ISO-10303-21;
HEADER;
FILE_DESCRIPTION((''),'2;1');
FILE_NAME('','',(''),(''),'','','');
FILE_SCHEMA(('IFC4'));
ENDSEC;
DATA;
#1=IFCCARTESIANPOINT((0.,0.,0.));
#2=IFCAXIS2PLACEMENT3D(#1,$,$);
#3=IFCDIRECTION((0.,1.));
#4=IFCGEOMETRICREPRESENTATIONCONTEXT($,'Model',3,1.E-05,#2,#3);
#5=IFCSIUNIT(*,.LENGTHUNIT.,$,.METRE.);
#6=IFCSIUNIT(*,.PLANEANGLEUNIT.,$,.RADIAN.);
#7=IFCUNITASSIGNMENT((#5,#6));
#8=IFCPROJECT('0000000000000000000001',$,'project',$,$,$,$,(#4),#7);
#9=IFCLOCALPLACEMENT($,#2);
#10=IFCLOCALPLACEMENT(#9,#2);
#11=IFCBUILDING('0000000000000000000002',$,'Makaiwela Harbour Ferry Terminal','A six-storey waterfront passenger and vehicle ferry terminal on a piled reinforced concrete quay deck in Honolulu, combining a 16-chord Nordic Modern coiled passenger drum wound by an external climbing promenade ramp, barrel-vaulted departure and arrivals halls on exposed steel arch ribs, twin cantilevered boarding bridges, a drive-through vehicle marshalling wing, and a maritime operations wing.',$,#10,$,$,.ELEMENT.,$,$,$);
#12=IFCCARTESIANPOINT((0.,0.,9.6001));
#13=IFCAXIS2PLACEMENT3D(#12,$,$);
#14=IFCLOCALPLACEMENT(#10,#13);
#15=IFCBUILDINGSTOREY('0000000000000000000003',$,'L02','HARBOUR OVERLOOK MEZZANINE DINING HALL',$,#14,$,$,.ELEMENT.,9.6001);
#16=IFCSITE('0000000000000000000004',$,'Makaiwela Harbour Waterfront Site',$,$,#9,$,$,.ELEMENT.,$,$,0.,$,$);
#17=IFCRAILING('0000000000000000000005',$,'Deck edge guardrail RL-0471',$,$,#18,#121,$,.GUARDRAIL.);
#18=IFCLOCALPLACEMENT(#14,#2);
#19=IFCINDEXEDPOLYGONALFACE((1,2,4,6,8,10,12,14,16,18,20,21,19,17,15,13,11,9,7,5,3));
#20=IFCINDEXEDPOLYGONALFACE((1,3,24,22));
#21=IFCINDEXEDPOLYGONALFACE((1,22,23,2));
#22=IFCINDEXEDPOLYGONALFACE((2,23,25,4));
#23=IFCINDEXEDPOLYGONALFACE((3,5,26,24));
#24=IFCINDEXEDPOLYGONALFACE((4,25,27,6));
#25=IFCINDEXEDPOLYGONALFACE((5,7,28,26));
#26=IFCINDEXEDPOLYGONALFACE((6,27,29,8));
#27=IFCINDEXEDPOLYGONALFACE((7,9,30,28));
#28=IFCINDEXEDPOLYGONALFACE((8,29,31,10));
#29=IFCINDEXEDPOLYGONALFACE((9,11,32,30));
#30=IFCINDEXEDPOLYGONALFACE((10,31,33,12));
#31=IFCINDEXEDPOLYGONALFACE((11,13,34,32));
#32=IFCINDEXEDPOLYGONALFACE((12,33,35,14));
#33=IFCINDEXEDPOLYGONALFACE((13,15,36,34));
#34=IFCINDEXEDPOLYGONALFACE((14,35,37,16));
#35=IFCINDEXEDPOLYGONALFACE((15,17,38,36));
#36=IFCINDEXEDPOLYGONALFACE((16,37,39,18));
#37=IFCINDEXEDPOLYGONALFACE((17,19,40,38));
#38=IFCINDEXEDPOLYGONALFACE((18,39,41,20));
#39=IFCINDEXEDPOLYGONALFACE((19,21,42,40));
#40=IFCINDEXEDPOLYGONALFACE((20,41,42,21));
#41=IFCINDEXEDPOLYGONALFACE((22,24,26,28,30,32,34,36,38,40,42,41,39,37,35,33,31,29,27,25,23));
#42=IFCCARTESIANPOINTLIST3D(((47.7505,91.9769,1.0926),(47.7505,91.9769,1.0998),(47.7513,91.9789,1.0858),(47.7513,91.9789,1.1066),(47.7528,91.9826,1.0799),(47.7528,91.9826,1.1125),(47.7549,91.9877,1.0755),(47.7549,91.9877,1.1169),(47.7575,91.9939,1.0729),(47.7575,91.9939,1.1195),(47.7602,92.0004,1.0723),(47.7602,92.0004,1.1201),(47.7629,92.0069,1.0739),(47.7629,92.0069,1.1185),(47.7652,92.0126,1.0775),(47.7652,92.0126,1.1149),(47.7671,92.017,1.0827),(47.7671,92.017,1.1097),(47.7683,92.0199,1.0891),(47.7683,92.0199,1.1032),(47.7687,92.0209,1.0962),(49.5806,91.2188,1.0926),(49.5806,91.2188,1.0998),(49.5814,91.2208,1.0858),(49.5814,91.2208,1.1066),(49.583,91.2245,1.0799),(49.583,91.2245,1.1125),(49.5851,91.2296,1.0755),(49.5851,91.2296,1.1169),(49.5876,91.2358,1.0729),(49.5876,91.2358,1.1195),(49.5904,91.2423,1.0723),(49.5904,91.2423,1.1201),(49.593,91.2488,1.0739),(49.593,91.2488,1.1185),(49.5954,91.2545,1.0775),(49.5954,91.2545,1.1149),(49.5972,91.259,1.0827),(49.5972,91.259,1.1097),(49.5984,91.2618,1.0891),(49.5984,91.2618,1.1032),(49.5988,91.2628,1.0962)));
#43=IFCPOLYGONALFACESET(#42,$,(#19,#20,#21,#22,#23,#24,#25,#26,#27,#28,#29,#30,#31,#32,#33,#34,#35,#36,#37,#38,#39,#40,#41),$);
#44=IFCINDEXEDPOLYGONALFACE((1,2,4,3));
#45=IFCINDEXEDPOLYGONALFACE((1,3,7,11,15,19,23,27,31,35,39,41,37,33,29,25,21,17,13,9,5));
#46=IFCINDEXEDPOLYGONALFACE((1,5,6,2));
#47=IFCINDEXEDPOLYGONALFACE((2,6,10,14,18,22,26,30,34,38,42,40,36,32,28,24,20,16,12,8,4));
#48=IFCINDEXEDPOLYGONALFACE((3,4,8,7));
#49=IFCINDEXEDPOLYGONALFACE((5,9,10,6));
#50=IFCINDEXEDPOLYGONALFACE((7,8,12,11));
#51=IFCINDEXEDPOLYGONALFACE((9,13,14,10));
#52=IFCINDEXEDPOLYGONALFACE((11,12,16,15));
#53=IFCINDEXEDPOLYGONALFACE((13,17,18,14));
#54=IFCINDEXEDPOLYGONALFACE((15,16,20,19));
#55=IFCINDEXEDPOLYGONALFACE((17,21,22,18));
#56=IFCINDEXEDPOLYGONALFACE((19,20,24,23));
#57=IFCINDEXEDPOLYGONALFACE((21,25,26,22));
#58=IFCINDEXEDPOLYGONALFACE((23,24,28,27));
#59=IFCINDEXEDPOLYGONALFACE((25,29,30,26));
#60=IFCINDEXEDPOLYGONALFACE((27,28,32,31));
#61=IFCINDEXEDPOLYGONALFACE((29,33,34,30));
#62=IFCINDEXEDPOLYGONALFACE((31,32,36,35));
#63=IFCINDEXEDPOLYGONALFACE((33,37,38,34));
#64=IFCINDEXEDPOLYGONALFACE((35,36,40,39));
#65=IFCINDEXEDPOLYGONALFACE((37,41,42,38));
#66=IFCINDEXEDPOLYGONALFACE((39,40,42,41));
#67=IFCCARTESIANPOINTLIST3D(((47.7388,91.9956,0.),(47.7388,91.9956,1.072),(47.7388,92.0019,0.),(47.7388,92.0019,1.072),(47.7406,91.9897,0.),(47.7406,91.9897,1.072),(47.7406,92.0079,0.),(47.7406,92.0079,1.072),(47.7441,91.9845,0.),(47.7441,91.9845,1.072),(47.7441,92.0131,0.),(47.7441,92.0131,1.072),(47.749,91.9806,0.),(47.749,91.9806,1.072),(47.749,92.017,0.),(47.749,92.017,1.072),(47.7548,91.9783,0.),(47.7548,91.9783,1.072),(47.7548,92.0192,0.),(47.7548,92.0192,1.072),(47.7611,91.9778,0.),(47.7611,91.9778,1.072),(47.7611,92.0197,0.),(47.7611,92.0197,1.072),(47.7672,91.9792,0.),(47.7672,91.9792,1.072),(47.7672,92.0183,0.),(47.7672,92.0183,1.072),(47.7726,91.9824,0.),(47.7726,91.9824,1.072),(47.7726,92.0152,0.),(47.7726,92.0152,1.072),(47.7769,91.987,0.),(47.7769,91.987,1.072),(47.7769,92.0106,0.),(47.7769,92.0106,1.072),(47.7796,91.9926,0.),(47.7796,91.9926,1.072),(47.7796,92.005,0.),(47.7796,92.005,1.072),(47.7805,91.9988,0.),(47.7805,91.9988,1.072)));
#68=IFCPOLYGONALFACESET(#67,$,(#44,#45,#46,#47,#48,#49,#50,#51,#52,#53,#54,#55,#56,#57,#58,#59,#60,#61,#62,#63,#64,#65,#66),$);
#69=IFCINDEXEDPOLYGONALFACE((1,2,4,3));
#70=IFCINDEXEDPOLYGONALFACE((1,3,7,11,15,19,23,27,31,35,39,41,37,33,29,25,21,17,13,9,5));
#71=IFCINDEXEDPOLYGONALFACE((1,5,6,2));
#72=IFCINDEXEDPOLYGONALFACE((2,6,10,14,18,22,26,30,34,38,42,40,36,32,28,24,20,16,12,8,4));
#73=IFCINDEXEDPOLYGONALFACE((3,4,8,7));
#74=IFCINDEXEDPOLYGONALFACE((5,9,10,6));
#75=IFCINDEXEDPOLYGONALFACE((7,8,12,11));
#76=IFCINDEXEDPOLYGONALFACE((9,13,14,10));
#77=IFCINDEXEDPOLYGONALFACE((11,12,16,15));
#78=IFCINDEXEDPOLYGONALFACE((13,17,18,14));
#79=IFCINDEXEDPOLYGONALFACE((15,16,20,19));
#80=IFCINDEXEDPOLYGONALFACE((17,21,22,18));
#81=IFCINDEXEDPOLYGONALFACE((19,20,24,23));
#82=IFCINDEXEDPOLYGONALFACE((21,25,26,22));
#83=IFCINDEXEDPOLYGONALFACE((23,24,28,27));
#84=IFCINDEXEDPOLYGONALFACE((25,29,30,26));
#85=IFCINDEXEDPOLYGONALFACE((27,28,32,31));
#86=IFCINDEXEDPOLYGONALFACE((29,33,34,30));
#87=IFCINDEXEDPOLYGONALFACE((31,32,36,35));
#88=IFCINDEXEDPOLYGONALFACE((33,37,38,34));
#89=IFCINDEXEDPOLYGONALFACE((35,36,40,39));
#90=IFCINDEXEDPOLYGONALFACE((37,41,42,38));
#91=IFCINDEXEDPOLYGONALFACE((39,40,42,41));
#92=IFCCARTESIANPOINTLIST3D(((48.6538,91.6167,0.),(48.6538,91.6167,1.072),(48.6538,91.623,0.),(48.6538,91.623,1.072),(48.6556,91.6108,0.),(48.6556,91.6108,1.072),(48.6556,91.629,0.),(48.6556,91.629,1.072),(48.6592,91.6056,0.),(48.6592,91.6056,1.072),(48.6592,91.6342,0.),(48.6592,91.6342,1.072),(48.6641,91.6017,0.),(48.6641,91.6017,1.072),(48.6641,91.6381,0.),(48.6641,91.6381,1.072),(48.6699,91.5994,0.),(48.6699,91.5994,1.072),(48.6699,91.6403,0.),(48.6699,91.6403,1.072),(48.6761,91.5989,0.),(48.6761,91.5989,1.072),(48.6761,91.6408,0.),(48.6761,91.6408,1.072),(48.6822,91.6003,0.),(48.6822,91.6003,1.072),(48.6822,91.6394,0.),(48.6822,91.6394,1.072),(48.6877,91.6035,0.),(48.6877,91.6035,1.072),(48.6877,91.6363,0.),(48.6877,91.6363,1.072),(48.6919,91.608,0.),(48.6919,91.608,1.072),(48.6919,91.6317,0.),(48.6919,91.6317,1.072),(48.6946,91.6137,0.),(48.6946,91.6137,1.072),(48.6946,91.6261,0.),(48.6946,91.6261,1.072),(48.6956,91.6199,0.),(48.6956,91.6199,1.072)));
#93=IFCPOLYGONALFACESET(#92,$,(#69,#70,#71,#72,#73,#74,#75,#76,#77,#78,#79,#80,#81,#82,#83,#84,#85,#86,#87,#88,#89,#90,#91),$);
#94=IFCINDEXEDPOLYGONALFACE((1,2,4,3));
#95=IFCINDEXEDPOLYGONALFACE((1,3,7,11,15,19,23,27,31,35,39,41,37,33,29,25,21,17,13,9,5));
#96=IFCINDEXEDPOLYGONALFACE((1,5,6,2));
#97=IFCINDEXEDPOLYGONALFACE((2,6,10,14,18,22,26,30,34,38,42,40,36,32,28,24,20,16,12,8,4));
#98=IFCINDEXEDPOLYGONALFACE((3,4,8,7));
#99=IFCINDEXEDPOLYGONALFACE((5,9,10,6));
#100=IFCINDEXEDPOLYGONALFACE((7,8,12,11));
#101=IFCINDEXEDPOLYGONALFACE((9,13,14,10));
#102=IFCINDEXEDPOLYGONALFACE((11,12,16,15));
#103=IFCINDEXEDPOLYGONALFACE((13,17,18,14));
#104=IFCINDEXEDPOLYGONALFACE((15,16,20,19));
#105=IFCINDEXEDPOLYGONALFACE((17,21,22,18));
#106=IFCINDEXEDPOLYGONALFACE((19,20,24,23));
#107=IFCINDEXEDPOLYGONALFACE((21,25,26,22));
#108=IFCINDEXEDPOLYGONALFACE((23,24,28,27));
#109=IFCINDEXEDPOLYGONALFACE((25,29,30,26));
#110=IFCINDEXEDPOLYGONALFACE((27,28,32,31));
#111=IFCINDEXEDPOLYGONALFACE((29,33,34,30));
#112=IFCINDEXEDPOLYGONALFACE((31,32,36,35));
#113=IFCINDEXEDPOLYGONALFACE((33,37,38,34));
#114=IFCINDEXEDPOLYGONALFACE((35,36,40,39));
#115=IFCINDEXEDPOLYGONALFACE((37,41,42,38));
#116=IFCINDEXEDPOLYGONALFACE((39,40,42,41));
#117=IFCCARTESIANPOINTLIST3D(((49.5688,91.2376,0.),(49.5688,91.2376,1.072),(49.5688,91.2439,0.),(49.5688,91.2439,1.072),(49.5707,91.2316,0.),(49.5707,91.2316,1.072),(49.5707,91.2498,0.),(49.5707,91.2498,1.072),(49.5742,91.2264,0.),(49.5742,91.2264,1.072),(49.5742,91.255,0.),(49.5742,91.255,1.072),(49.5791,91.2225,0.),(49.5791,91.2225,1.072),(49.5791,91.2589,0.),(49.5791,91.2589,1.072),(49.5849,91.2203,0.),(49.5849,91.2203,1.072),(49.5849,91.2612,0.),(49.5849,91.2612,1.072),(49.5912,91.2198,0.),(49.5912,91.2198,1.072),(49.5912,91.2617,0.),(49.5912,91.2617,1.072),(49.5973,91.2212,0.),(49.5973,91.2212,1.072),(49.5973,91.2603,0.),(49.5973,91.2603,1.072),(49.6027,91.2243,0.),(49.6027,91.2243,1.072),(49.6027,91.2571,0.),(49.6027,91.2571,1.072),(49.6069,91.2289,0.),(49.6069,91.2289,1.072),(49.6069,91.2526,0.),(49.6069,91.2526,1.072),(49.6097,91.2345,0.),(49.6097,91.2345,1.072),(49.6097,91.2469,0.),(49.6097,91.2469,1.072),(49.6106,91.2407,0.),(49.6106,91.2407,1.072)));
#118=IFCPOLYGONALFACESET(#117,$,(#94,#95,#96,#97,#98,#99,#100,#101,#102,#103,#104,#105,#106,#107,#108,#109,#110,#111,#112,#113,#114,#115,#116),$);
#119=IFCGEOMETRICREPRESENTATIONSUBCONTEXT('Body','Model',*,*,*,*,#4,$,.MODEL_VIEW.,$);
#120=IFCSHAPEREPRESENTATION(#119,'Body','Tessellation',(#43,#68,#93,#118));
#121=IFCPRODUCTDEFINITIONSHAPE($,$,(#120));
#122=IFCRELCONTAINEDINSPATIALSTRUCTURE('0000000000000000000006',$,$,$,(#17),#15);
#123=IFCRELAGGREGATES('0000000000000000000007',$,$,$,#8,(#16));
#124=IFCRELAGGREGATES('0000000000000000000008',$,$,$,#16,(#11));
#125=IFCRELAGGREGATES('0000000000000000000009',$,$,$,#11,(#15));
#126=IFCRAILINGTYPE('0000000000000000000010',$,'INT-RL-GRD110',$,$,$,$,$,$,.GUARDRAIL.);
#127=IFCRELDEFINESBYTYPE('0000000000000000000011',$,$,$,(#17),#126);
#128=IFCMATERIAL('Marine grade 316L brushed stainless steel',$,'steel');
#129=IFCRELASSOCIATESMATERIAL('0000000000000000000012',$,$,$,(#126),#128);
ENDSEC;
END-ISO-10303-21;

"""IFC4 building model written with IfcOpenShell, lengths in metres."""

from ifc_helpers import new_model, si_unit, direction, frame, origin, origin_2d, place, context, subcontext, project, spatial, circle, extrude, material, type_object, element, save


model = new_model("IFC4")

# Units and contexts
model_context = context("Model", 3, precision=1e-05, world=origin(), true_north=direction((0.0, 1.0)))
body_context = subcontext(model_context, "Body", "Model", "MODEL_VIEW")
ifc_project = project(units=[si_unit("LENGTHUNIT", "METRE"), si_unit("PLANEANGLEUNIT", "RADIAN")], contexts=[model_context])

# Site, building, storey
site_placement = place(None, origin())
site = spatial("IfcSite", under=ifc_project, at=site_placement, Name="Makaiwela Harbour Waterfront Site", CompositionType="ELEMENT", RefElevation=0.0)
building_placement = place(site_placement, origin())
building = spatial("IfcBuilding", under=site, at=building_placement, Name="Makaiwela Harbour Ferry Terminal", Description="A six-storey waterfront passenger and vehicle ferry terminal on a piled reinforced concrete quay deck in Honolulu, combining a 16-chord Nordic Modern coiled passenger drum wound by an external climbing promenade ramp, barrel-vaulted departure and arrivals halls on exposed steel arch ribs, twin cantilevered boarding bridges, a drive-through vehicle marshalling wing, and a maritime operations wing.", CompositionType="ELEMENT")
storey_placement = place(building_placement, frame((0.0, 0.0, 9.6001)))
storey = spatial("IfcBuildingStorey", under=building, at=storey_placement, Name="L02", Description="HARBOUR OVERLOOK MEZZANINE DINING HALL", CompositionType="ELEMENT", Elevation=9.6001)

# Railing
ifc_material_1 = material(Name="Marine grade 316L brushed stainless steel", Category="steel")
railing_type_1 = type_object("IfcRailingType", Name="INT-RL-GRD110", PredefinedType="GUARDRAIL", material=ifc_material_1)
railing_1_placement = place(storey_placement, frame((47.7595, 91.9988, 0.0)))
element("IfcRailing", 1, at=railing_1_placement, inside=storey, type_object=railing_type_1, Name="Deck edge guardrail RL-0471", PredefinedType="GUARDRAIL", context=body_context, shape_type="SweptSolid", body=[
    extrude(circle(Radius=0.0239, at=origin_2d()), frame((0.0, 0.0, 1.0962), z_axis=(0.923877, -0.382689, 0.0), x_axis=(0.382689, 0.923877, 0.0)), (0.0, 0.0, 1.0), 1.981),
    extrude(circle(Radius=0.021, at=origin_2d()), origin(), (0.0, 0.0, 1.0), 1.072),
    extrude(circle(Radius=0.021, at=origin_2d()), frame((0.915, -0.3789, 0.0)), (0.0, 0.0, 1.0), 1.072),
    extrude(circle(Radius=0.021, at=origin_2d()), frame((1.8301, -0.7581, 0.0)), (0.0, 0.0, 1.0), 1.072),
])

save(model, "model.ifc")
